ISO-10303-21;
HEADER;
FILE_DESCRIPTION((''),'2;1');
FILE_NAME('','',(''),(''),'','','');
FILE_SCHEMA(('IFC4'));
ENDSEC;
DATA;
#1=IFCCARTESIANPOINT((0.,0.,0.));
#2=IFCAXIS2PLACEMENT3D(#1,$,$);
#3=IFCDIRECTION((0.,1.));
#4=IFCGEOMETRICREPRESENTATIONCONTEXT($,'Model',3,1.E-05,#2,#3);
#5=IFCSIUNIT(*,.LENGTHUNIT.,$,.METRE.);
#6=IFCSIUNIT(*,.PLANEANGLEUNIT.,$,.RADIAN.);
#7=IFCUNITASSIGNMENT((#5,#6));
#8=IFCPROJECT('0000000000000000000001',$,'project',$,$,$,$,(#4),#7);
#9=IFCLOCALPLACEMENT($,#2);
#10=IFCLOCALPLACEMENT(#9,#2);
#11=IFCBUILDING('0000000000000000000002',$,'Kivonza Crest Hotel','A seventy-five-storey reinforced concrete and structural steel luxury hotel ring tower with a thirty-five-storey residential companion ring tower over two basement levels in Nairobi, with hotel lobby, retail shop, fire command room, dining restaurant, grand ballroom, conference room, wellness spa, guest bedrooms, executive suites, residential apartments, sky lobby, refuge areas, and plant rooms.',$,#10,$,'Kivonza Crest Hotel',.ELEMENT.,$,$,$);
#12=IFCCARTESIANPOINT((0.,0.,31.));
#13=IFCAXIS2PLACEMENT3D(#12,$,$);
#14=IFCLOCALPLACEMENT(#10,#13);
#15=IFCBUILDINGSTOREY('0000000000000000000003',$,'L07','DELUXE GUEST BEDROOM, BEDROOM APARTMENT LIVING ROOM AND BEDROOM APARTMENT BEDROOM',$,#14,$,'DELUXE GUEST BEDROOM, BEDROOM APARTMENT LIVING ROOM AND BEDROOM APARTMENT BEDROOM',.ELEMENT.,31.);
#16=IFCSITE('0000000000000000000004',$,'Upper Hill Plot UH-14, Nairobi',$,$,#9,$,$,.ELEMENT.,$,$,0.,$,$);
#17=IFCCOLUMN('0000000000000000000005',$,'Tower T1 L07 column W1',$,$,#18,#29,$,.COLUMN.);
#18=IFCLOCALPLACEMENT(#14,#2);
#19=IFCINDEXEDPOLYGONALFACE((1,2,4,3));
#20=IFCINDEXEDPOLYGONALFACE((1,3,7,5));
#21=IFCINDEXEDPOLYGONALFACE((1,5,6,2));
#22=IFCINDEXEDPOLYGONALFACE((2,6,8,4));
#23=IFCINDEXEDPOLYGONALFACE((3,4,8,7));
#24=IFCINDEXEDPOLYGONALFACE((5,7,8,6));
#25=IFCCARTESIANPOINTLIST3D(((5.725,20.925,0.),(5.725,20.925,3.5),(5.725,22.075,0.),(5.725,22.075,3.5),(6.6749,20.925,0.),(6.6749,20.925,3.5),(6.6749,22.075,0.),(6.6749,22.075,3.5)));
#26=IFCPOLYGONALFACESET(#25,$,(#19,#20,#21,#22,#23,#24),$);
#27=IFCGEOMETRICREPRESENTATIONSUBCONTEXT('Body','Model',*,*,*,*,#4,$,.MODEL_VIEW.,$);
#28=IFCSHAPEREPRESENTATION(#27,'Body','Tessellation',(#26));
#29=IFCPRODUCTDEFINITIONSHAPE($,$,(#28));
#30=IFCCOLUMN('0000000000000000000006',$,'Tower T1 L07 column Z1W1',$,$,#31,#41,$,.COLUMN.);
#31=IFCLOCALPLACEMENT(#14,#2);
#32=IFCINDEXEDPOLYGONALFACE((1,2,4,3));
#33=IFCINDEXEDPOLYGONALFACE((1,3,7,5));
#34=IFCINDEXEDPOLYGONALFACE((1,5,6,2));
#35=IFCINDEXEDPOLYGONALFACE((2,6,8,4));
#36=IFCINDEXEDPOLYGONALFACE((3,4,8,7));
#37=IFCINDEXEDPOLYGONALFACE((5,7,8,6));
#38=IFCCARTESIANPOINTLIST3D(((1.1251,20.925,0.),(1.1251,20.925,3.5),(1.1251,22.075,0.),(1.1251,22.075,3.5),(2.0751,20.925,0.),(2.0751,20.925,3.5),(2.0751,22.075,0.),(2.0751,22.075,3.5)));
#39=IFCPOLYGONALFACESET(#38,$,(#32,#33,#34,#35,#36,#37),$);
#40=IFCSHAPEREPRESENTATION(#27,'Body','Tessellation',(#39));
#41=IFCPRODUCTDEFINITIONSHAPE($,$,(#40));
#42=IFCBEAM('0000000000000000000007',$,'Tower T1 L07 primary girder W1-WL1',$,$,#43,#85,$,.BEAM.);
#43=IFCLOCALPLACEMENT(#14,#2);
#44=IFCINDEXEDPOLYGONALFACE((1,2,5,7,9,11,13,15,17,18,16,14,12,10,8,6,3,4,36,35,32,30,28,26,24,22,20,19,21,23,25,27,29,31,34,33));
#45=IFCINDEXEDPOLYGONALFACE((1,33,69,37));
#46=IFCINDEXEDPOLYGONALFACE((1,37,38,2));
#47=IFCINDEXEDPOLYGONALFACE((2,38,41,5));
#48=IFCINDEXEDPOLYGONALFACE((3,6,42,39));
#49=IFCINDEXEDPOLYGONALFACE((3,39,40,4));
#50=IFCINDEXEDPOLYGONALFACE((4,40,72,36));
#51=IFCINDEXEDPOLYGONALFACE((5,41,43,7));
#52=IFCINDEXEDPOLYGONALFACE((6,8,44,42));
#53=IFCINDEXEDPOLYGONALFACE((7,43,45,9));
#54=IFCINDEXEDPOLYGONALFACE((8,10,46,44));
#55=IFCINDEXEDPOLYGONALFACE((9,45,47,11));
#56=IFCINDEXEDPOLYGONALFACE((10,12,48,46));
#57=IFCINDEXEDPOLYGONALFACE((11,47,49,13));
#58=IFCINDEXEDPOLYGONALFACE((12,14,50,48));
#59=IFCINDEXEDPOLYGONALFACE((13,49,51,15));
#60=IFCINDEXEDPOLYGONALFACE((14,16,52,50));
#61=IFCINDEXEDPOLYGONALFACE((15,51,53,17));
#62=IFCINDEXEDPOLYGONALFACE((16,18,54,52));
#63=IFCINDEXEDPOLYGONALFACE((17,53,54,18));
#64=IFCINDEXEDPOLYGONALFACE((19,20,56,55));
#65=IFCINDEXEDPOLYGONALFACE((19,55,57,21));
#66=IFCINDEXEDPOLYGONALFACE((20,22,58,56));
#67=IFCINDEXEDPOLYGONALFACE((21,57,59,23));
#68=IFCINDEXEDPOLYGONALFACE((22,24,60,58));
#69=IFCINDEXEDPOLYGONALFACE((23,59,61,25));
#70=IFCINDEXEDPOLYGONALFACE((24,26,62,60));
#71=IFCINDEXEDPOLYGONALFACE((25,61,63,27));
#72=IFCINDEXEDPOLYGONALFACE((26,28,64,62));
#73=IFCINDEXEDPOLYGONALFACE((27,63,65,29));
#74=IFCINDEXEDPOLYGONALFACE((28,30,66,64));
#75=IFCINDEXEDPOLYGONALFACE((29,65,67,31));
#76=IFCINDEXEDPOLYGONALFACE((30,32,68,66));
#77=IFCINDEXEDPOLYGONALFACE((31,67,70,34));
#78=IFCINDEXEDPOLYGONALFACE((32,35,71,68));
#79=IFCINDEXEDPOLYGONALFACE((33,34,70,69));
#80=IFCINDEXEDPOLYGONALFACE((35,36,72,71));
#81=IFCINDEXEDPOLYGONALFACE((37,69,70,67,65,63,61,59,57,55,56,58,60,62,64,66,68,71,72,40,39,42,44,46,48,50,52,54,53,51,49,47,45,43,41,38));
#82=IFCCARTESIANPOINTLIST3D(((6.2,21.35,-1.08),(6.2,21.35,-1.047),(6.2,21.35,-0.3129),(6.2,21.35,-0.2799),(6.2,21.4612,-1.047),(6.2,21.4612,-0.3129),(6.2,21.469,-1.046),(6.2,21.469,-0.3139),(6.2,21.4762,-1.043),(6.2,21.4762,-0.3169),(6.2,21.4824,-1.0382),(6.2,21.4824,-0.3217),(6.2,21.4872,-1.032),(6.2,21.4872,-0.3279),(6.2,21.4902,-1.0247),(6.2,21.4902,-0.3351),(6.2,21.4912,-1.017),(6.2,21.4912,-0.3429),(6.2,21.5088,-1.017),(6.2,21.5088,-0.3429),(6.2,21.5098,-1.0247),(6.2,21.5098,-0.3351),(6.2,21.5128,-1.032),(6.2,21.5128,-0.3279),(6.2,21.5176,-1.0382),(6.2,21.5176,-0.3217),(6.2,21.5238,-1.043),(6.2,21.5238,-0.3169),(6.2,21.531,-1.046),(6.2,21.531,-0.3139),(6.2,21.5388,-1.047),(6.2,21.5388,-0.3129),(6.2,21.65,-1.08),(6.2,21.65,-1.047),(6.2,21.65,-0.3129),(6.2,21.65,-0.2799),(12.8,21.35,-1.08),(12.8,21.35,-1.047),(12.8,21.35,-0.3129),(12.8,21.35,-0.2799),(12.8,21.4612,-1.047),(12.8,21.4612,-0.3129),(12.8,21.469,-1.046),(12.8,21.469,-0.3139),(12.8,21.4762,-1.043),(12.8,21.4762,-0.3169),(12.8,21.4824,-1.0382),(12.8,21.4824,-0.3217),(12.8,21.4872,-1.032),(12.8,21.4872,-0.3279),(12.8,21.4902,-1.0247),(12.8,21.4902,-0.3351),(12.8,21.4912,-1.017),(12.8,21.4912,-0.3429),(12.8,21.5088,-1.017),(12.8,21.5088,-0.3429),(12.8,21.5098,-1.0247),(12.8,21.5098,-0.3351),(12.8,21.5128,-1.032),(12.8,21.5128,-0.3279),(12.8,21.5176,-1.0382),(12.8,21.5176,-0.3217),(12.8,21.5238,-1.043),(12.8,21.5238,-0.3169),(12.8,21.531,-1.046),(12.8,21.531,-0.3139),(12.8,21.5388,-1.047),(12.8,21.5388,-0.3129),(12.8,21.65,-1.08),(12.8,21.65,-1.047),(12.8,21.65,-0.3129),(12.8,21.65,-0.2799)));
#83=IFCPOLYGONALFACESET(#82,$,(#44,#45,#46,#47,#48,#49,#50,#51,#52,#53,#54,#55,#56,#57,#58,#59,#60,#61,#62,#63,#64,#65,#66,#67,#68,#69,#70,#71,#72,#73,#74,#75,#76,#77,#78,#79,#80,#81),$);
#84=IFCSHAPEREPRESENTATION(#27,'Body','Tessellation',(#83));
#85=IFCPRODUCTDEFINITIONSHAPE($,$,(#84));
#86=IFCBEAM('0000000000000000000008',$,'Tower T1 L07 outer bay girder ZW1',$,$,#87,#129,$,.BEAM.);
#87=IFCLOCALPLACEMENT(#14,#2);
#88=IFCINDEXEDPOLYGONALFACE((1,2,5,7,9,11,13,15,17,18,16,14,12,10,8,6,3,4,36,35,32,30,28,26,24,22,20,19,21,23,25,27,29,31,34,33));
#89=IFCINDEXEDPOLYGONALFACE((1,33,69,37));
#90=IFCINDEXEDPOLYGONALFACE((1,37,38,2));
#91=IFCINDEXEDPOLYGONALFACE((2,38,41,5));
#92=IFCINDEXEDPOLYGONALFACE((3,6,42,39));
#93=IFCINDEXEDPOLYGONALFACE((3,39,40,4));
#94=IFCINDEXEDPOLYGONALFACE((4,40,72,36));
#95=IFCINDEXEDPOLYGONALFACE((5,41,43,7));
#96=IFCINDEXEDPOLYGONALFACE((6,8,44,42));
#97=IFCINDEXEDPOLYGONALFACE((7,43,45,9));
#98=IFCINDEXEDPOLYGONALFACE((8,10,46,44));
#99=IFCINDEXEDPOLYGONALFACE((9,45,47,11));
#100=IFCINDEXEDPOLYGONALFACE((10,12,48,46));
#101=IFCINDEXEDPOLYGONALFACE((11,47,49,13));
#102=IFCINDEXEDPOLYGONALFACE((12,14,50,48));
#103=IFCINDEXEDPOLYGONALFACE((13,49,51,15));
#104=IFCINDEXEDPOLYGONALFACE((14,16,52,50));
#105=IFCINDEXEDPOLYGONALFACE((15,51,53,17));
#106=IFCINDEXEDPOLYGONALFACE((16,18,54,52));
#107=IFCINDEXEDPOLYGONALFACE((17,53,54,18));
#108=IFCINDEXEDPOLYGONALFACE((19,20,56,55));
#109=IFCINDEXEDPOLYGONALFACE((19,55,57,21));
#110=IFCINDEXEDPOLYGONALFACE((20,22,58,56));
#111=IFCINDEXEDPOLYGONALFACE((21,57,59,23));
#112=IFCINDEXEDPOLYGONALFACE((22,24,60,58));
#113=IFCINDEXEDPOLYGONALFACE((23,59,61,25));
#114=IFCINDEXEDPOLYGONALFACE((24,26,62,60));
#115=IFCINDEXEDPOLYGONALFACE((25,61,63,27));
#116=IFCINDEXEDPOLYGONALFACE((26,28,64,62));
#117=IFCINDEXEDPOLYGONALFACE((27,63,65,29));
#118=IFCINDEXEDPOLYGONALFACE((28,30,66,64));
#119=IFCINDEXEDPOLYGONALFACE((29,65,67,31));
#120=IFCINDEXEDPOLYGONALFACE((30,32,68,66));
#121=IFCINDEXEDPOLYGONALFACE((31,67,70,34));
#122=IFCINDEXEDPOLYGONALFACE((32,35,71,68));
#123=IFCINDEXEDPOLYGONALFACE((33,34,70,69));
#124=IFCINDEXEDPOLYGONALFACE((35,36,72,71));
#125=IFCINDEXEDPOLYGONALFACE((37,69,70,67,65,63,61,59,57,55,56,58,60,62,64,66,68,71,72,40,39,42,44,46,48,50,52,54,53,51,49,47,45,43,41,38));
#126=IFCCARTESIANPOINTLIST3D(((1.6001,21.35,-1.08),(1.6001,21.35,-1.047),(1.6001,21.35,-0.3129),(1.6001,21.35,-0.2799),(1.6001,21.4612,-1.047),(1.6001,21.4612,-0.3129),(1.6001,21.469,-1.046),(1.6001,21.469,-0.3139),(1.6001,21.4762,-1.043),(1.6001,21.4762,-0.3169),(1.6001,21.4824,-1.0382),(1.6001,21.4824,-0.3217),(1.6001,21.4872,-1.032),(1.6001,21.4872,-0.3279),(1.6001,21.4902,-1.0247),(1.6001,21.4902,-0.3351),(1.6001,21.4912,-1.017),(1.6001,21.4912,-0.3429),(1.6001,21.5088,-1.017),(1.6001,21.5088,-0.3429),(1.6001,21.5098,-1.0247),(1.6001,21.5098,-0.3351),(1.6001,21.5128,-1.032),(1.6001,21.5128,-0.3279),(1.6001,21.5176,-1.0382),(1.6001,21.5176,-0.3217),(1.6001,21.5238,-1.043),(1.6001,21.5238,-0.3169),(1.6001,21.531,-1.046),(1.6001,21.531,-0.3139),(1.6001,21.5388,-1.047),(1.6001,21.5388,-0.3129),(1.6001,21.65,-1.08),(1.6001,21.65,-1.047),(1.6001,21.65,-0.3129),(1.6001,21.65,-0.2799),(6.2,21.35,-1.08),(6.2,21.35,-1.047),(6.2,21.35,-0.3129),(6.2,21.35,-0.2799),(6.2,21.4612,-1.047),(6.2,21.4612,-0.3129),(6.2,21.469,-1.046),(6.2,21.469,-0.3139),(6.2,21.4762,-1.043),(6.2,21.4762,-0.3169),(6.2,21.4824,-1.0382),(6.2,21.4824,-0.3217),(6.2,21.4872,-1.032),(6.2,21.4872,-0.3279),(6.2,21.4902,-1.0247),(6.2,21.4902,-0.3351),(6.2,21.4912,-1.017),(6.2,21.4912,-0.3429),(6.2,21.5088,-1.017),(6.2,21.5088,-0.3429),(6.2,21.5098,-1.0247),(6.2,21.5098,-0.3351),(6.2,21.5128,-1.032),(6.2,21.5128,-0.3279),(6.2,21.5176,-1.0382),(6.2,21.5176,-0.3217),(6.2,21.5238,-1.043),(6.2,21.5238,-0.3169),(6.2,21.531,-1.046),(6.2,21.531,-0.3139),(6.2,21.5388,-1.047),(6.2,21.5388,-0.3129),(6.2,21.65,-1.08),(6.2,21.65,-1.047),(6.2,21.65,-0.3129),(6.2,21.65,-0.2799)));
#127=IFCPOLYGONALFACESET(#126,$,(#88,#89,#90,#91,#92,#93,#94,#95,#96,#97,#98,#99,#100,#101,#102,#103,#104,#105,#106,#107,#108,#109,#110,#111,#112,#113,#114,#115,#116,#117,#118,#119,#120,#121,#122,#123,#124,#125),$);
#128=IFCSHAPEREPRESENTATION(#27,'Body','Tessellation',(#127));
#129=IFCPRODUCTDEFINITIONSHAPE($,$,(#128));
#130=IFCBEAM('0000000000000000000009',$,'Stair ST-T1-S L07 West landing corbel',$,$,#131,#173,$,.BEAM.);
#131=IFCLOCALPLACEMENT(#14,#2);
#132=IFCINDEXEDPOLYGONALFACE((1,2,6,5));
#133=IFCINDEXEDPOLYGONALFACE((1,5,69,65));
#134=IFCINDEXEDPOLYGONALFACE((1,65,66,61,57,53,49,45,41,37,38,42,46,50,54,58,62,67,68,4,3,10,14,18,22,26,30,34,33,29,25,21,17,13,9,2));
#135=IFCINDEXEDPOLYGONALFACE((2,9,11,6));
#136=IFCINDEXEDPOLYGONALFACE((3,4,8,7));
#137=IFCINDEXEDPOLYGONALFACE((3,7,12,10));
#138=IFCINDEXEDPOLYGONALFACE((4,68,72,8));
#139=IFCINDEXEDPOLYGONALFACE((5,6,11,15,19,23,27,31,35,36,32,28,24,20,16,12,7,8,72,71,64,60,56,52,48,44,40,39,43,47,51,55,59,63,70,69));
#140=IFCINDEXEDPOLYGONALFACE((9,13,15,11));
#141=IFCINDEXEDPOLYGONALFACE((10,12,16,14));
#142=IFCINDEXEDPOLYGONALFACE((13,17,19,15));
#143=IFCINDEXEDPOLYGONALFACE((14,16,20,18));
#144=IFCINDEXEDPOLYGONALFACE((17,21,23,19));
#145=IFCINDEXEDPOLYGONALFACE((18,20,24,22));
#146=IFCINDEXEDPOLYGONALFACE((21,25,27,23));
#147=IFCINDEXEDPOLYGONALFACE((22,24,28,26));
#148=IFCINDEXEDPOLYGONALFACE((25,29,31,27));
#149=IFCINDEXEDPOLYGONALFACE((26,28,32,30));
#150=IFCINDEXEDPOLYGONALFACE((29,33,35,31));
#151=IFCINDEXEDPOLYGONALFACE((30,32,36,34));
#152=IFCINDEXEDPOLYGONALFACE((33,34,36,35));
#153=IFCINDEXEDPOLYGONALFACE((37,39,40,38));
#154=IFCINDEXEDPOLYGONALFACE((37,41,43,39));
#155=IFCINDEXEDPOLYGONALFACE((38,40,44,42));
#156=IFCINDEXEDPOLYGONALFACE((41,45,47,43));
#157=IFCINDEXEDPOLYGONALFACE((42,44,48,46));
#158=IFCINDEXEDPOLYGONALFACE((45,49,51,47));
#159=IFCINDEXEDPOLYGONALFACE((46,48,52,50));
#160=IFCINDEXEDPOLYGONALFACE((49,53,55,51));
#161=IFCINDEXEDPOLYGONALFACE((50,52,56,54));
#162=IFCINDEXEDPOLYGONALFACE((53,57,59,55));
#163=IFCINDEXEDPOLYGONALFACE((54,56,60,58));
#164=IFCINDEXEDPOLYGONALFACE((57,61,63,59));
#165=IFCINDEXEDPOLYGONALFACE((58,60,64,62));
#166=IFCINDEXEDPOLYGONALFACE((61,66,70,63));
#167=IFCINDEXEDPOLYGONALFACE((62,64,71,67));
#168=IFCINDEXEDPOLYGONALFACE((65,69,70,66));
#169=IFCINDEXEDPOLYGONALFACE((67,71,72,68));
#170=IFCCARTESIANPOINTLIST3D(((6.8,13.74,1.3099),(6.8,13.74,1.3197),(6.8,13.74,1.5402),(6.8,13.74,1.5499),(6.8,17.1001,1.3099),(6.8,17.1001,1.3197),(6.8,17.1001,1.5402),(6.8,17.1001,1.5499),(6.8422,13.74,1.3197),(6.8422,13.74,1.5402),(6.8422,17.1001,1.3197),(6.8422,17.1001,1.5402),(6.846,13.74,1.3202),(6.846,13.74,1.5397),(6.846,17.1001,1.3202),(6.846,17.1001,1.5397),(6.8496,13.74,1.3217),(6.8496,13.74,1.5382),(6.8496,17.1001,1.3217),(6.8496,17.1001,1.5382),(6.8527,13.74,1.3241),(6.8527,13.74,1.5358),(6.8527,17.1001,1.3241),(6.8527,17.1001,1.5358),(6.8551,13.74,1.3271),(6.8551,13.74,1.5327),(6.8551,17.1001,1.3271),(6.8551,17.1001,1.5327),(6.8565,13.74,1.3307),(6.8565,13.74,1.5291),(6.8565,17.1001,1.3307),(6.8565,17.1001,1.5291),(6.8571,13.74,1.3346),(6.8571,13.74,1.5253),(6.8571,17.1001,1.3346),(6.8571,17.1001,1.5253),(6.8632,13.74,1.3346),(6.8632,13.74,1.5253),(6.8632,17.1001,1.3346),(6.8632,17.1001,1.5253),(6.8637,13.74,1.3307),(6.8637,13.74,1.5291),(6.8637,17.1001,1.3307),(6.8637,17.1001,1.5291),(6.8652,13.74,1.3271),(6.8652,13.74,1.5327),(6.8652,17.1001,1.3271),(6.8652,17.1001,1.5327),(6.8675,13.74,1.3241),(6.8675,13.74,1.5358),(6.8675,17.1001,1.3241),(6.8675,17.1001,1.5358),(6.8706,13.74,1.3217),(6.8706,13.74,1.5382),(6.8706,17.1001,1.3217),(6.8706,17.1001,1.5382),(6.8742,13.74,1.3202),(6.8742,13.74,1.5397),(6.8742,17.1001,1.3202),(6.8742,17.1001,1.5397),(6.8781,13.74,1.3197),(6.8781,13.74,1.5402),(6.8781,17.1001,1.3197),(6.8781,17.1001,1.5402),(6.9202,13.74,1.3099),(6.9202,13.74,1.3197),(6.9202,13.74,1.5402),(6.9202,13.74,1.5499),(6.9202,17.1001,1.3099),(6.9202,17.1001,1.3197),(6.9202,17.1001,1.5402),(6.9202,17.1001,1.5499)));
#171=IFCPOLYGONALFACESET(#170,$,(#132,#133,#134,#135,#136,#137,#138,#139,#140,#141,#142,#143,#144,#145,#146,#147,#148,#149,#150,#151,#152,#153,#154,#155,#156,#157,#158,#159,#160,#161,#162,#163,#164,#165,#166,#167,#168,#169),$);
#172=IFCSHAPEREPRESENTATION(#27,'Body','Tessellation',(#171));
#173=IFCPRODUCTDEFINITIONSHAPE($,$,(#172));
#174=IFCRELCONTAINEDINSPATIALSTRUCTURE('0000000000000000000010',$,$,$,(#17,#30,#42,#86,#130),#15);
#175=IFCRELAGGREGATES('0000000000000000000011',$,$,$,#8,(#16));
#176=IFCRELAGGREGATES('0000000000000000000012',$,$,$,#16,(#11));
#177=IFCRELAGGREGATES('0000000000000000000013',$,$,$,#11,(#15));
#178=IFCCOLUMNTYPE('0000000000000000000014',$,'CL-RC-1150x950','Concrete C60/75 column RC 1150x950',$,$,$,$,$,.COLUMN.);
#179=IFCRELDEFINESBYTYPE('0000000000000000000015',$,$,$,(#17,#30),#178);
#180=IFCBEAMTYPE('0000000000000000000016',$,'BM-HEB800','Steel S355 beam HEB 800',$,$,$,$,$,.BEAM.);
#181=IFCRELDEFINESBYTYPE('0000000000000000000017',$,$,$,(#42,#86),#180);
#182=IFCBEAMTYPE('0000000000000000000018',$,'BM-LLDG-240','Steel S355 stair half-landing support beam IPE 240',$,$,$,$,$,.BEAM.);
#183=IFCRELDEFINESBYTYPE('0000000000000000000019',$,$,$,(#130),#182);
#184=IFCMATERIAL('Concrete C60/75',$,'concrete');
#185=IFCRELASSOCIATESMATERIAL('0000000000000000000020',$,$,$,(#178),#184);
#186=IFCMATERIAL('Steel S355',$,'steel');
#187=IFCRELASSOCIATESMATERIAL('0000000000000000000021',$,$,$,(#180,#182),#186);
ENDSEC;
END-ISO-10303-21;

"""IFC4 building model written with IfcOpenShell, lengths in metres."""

from ifc_helpers import new_model, si_unit, direction, frame, origin, origin_2d, place, context, subcontext, project, spatial, rectangle, i_section, extrude, material, material_profile, profile_set, type_object, element, save


model = new_model("IFC4")

# Units and contexts
model_context = context("Model", 3, precision=1e-05, world=origin(), true_north=direction((0.0, 1.0)))
body_context = subcontext(model_context, "Body", "Model", "MODEL_VIEW")
ifc_project = project(units=[si_unit("LENGTHUNIT", "METRE"), si_unit("PLANEANGLEUNIT", "RADIAN")], contexts=[model_context])

# Site, building, storey
site_placement = place(None, origin())
site = spatial("IfcSite", under=ifc_project, at=site_placement, Name="Upper Hill Plot UH-14, Nairobi", CompositionType="ELEMENT", RefElevation=0.0)
building_placement = place(site_placement, origin())
building = spatial("IfcBuilding", under=site, at=building_placement, Name="Kivonza Crest Hotel", Description="A seventy-five-storey reinforced concrete and structural steel luxury hotel ring tower with a thirty-five-storey residential companion ring tower over two basement levels in Nairobi, with hotel lobby, retail shop, fire command room, dining restaurant, grand ballroom, conference room, wellness spa, guest bedrooms, executive suites, residential apartments, sky lobby, refuge areas, and plant rooms.", LongName="Kivonza Crest Hotel", CompositionType="ELEMENT")
storey_placement = place(building_placement, frame((0.0, 0.0, 31.0)))
storey = spatial("IfcBuildingStorey", under=building, at=storey_placement, Name="L07", Description="DELUXE GUEST BEDROOM, BEDROOM APARTMENT LIVING ROOM AND BEDROOM APARTMENT BEDROOM", LongName="DELUXE GUEST BEDROOM, BEDROOM APARTMENT LIVING ROOM AND BEDROOM APARTMENT BEDROOM", CompositionType="ELEMENT", Elevation=31.0)

# Columns
ifc_material_1 = material(Name="Concrete C60/75", Category="concrete")
ifc_material_profile_1 = material_profile(ifc_material_1, rectangle(XDim=0.95, YDim=1.1499, at=origin_2d()), Name="RC 1150x950")
ifc_profile_set_1 = profile_set([ifc_material_profile_1], Name="Concrete C60/75")
column_type = type_object("IfcColumnType", Name="CL-RC-1150x950", Description="Concrete C60/75 column RC 1150x950", PredefinedType="COLUMN", material=ifc_profile_set_1)
for number, where, z_axis, x_axis, name in (
    (1, (6.2, 21.5, 0.0), (0.0, 0.0, 1.0), (1.0, 0.0, 0.0), "Tower T1 L07 column W1"),
    (2, (1.6001, 21.5, 0.0), (0.0, 0.0, 1.0), (1.0, 0.0, 0.0), "Tower T1 L07 column Z1W1"),
):
    element("IfcColumn", number, at=place(storey_placement, frame(where, z_axis=z_axis, x_axis=x_axis)), inside=storey, type_object=column_type, Name=name, PredefinedType="COLUMN", context=body_context, shape_type="SweptSolid", body=[
        extrude(rectangle(XDim=0.95, YDim=1.1499, at=origin_2d()), origin(), (0.0, 0.0, 1.0), 3.5),
    ])

# Beams
ifc_material_2 = material(Name="Steel S355", Category="steel")
ifc_material_profile_2 = material_profile(ifc_material_2, i_section(OverallWidth=0.3, OverallDepth=0.8, WebThickness=0.0176, FlangeThickness=0.033, FilletRadius=0.03, at=origin_2d()), Name="HEB 800")
ifc_profile_set_2 = profile_set([ifc_material_profile_2], Name="Steel S355")
beam_type_1 = type_object("IfcBeamType", Name="BM-HEB800", Description="Steel S355 beam HEB 800", PredefinedType="BEAM", material=ifc_profile_set_2)
beam_1_placement = place(storey_placement, frame((6.2, 21.5, -0.6799), z_axis=(1.0, 0.0, 0.0), x_axis=(0.0, 1.0, 0.0)))
element("IfcBeam", 3, at=beam_1_placement, inside=storey, type_object=beam_type_1, Name="Tower T1 L07 primary girder W1-WL1", PredefinedType="BEAM", context=body_context, shape_type="SweptSolid", body=[
    extrude(i_section(OverallWidth=0.3, OverallDepth=0.8, WebThickness=0.0176, FlangeThickness=0.033, FilletRadius=0.03, at=origin_2d()), origin(), (0.0, 0.0, 1.0), 6.6001),
])
beam_2_placement = place(storey_placement, frame((1.6001, 21.5, -0.6799), z_axis=(1.0, 0.0, 0.0), x_axis=(0.0, 1.0, 0.0)))
element("IfcBeam", 4, at=beam_2_placement, inside=storey, type_object=beam_type_1, Name="Tower T1 L07 outer bay girder ZW1", PredefinedType="BEAM", context=body_context, shape_type="SweptSolid", body=[
    extrude(i_section(OverallWidth=0.3, OverallDepth=0.8, WebThickness=0.0176, FlangeThickness=0.033, FilletRadius=0.03, at=origin_2d()), origin(), (0.0, 0.0, 1.0), 4.5999),
])
ifc_material_profile_3 = material_profile(ifc_material_2, i_section(OverallWidth=0.1201, OverallDepth=0.24, WebThickness=0.0061, FlangeThickness=0.0098, FilletRadius=0.0149, at=origin_2d()), Name="IPE 240")
ifc_profile_set_3 = profile_set([ifc_material_profile_3], Name="Steel S355")
beam_type_2 = type_object("IfcBeamType", Name="BM-LLDG-240", Description="Steel S355 stair half-landing support beam IPE 240", PredefinedType="BEAM", material=ifc_profile_set_3)
beam_3_placement = place(storey_placement, frame((6.8601, 13.74, 1.4299), z_axis=(0.0, 1.0, 0.0), x_axis=(-1.0, 0.0, 0.0)))
element("IfcBeam", 5, at=beam_3_placement, inside=storey, type_object=beam_type_2, Name="Stair ST-T1-S L07 West landing corbel", PredefinedType="BEAM", context=body_context, shape_type="SweptSolid", body=[
    extrude(i_section(OverallWidth=0.1201, OverallDepth=0.24, WebThickness=0.0061, FlangeThickness=0.0098, FilletRadius=0.0149, at=origin_2d()), origin(), (0.0, 0.0, 1.0), 3.3601),
])

save(model, "model.ifc")
